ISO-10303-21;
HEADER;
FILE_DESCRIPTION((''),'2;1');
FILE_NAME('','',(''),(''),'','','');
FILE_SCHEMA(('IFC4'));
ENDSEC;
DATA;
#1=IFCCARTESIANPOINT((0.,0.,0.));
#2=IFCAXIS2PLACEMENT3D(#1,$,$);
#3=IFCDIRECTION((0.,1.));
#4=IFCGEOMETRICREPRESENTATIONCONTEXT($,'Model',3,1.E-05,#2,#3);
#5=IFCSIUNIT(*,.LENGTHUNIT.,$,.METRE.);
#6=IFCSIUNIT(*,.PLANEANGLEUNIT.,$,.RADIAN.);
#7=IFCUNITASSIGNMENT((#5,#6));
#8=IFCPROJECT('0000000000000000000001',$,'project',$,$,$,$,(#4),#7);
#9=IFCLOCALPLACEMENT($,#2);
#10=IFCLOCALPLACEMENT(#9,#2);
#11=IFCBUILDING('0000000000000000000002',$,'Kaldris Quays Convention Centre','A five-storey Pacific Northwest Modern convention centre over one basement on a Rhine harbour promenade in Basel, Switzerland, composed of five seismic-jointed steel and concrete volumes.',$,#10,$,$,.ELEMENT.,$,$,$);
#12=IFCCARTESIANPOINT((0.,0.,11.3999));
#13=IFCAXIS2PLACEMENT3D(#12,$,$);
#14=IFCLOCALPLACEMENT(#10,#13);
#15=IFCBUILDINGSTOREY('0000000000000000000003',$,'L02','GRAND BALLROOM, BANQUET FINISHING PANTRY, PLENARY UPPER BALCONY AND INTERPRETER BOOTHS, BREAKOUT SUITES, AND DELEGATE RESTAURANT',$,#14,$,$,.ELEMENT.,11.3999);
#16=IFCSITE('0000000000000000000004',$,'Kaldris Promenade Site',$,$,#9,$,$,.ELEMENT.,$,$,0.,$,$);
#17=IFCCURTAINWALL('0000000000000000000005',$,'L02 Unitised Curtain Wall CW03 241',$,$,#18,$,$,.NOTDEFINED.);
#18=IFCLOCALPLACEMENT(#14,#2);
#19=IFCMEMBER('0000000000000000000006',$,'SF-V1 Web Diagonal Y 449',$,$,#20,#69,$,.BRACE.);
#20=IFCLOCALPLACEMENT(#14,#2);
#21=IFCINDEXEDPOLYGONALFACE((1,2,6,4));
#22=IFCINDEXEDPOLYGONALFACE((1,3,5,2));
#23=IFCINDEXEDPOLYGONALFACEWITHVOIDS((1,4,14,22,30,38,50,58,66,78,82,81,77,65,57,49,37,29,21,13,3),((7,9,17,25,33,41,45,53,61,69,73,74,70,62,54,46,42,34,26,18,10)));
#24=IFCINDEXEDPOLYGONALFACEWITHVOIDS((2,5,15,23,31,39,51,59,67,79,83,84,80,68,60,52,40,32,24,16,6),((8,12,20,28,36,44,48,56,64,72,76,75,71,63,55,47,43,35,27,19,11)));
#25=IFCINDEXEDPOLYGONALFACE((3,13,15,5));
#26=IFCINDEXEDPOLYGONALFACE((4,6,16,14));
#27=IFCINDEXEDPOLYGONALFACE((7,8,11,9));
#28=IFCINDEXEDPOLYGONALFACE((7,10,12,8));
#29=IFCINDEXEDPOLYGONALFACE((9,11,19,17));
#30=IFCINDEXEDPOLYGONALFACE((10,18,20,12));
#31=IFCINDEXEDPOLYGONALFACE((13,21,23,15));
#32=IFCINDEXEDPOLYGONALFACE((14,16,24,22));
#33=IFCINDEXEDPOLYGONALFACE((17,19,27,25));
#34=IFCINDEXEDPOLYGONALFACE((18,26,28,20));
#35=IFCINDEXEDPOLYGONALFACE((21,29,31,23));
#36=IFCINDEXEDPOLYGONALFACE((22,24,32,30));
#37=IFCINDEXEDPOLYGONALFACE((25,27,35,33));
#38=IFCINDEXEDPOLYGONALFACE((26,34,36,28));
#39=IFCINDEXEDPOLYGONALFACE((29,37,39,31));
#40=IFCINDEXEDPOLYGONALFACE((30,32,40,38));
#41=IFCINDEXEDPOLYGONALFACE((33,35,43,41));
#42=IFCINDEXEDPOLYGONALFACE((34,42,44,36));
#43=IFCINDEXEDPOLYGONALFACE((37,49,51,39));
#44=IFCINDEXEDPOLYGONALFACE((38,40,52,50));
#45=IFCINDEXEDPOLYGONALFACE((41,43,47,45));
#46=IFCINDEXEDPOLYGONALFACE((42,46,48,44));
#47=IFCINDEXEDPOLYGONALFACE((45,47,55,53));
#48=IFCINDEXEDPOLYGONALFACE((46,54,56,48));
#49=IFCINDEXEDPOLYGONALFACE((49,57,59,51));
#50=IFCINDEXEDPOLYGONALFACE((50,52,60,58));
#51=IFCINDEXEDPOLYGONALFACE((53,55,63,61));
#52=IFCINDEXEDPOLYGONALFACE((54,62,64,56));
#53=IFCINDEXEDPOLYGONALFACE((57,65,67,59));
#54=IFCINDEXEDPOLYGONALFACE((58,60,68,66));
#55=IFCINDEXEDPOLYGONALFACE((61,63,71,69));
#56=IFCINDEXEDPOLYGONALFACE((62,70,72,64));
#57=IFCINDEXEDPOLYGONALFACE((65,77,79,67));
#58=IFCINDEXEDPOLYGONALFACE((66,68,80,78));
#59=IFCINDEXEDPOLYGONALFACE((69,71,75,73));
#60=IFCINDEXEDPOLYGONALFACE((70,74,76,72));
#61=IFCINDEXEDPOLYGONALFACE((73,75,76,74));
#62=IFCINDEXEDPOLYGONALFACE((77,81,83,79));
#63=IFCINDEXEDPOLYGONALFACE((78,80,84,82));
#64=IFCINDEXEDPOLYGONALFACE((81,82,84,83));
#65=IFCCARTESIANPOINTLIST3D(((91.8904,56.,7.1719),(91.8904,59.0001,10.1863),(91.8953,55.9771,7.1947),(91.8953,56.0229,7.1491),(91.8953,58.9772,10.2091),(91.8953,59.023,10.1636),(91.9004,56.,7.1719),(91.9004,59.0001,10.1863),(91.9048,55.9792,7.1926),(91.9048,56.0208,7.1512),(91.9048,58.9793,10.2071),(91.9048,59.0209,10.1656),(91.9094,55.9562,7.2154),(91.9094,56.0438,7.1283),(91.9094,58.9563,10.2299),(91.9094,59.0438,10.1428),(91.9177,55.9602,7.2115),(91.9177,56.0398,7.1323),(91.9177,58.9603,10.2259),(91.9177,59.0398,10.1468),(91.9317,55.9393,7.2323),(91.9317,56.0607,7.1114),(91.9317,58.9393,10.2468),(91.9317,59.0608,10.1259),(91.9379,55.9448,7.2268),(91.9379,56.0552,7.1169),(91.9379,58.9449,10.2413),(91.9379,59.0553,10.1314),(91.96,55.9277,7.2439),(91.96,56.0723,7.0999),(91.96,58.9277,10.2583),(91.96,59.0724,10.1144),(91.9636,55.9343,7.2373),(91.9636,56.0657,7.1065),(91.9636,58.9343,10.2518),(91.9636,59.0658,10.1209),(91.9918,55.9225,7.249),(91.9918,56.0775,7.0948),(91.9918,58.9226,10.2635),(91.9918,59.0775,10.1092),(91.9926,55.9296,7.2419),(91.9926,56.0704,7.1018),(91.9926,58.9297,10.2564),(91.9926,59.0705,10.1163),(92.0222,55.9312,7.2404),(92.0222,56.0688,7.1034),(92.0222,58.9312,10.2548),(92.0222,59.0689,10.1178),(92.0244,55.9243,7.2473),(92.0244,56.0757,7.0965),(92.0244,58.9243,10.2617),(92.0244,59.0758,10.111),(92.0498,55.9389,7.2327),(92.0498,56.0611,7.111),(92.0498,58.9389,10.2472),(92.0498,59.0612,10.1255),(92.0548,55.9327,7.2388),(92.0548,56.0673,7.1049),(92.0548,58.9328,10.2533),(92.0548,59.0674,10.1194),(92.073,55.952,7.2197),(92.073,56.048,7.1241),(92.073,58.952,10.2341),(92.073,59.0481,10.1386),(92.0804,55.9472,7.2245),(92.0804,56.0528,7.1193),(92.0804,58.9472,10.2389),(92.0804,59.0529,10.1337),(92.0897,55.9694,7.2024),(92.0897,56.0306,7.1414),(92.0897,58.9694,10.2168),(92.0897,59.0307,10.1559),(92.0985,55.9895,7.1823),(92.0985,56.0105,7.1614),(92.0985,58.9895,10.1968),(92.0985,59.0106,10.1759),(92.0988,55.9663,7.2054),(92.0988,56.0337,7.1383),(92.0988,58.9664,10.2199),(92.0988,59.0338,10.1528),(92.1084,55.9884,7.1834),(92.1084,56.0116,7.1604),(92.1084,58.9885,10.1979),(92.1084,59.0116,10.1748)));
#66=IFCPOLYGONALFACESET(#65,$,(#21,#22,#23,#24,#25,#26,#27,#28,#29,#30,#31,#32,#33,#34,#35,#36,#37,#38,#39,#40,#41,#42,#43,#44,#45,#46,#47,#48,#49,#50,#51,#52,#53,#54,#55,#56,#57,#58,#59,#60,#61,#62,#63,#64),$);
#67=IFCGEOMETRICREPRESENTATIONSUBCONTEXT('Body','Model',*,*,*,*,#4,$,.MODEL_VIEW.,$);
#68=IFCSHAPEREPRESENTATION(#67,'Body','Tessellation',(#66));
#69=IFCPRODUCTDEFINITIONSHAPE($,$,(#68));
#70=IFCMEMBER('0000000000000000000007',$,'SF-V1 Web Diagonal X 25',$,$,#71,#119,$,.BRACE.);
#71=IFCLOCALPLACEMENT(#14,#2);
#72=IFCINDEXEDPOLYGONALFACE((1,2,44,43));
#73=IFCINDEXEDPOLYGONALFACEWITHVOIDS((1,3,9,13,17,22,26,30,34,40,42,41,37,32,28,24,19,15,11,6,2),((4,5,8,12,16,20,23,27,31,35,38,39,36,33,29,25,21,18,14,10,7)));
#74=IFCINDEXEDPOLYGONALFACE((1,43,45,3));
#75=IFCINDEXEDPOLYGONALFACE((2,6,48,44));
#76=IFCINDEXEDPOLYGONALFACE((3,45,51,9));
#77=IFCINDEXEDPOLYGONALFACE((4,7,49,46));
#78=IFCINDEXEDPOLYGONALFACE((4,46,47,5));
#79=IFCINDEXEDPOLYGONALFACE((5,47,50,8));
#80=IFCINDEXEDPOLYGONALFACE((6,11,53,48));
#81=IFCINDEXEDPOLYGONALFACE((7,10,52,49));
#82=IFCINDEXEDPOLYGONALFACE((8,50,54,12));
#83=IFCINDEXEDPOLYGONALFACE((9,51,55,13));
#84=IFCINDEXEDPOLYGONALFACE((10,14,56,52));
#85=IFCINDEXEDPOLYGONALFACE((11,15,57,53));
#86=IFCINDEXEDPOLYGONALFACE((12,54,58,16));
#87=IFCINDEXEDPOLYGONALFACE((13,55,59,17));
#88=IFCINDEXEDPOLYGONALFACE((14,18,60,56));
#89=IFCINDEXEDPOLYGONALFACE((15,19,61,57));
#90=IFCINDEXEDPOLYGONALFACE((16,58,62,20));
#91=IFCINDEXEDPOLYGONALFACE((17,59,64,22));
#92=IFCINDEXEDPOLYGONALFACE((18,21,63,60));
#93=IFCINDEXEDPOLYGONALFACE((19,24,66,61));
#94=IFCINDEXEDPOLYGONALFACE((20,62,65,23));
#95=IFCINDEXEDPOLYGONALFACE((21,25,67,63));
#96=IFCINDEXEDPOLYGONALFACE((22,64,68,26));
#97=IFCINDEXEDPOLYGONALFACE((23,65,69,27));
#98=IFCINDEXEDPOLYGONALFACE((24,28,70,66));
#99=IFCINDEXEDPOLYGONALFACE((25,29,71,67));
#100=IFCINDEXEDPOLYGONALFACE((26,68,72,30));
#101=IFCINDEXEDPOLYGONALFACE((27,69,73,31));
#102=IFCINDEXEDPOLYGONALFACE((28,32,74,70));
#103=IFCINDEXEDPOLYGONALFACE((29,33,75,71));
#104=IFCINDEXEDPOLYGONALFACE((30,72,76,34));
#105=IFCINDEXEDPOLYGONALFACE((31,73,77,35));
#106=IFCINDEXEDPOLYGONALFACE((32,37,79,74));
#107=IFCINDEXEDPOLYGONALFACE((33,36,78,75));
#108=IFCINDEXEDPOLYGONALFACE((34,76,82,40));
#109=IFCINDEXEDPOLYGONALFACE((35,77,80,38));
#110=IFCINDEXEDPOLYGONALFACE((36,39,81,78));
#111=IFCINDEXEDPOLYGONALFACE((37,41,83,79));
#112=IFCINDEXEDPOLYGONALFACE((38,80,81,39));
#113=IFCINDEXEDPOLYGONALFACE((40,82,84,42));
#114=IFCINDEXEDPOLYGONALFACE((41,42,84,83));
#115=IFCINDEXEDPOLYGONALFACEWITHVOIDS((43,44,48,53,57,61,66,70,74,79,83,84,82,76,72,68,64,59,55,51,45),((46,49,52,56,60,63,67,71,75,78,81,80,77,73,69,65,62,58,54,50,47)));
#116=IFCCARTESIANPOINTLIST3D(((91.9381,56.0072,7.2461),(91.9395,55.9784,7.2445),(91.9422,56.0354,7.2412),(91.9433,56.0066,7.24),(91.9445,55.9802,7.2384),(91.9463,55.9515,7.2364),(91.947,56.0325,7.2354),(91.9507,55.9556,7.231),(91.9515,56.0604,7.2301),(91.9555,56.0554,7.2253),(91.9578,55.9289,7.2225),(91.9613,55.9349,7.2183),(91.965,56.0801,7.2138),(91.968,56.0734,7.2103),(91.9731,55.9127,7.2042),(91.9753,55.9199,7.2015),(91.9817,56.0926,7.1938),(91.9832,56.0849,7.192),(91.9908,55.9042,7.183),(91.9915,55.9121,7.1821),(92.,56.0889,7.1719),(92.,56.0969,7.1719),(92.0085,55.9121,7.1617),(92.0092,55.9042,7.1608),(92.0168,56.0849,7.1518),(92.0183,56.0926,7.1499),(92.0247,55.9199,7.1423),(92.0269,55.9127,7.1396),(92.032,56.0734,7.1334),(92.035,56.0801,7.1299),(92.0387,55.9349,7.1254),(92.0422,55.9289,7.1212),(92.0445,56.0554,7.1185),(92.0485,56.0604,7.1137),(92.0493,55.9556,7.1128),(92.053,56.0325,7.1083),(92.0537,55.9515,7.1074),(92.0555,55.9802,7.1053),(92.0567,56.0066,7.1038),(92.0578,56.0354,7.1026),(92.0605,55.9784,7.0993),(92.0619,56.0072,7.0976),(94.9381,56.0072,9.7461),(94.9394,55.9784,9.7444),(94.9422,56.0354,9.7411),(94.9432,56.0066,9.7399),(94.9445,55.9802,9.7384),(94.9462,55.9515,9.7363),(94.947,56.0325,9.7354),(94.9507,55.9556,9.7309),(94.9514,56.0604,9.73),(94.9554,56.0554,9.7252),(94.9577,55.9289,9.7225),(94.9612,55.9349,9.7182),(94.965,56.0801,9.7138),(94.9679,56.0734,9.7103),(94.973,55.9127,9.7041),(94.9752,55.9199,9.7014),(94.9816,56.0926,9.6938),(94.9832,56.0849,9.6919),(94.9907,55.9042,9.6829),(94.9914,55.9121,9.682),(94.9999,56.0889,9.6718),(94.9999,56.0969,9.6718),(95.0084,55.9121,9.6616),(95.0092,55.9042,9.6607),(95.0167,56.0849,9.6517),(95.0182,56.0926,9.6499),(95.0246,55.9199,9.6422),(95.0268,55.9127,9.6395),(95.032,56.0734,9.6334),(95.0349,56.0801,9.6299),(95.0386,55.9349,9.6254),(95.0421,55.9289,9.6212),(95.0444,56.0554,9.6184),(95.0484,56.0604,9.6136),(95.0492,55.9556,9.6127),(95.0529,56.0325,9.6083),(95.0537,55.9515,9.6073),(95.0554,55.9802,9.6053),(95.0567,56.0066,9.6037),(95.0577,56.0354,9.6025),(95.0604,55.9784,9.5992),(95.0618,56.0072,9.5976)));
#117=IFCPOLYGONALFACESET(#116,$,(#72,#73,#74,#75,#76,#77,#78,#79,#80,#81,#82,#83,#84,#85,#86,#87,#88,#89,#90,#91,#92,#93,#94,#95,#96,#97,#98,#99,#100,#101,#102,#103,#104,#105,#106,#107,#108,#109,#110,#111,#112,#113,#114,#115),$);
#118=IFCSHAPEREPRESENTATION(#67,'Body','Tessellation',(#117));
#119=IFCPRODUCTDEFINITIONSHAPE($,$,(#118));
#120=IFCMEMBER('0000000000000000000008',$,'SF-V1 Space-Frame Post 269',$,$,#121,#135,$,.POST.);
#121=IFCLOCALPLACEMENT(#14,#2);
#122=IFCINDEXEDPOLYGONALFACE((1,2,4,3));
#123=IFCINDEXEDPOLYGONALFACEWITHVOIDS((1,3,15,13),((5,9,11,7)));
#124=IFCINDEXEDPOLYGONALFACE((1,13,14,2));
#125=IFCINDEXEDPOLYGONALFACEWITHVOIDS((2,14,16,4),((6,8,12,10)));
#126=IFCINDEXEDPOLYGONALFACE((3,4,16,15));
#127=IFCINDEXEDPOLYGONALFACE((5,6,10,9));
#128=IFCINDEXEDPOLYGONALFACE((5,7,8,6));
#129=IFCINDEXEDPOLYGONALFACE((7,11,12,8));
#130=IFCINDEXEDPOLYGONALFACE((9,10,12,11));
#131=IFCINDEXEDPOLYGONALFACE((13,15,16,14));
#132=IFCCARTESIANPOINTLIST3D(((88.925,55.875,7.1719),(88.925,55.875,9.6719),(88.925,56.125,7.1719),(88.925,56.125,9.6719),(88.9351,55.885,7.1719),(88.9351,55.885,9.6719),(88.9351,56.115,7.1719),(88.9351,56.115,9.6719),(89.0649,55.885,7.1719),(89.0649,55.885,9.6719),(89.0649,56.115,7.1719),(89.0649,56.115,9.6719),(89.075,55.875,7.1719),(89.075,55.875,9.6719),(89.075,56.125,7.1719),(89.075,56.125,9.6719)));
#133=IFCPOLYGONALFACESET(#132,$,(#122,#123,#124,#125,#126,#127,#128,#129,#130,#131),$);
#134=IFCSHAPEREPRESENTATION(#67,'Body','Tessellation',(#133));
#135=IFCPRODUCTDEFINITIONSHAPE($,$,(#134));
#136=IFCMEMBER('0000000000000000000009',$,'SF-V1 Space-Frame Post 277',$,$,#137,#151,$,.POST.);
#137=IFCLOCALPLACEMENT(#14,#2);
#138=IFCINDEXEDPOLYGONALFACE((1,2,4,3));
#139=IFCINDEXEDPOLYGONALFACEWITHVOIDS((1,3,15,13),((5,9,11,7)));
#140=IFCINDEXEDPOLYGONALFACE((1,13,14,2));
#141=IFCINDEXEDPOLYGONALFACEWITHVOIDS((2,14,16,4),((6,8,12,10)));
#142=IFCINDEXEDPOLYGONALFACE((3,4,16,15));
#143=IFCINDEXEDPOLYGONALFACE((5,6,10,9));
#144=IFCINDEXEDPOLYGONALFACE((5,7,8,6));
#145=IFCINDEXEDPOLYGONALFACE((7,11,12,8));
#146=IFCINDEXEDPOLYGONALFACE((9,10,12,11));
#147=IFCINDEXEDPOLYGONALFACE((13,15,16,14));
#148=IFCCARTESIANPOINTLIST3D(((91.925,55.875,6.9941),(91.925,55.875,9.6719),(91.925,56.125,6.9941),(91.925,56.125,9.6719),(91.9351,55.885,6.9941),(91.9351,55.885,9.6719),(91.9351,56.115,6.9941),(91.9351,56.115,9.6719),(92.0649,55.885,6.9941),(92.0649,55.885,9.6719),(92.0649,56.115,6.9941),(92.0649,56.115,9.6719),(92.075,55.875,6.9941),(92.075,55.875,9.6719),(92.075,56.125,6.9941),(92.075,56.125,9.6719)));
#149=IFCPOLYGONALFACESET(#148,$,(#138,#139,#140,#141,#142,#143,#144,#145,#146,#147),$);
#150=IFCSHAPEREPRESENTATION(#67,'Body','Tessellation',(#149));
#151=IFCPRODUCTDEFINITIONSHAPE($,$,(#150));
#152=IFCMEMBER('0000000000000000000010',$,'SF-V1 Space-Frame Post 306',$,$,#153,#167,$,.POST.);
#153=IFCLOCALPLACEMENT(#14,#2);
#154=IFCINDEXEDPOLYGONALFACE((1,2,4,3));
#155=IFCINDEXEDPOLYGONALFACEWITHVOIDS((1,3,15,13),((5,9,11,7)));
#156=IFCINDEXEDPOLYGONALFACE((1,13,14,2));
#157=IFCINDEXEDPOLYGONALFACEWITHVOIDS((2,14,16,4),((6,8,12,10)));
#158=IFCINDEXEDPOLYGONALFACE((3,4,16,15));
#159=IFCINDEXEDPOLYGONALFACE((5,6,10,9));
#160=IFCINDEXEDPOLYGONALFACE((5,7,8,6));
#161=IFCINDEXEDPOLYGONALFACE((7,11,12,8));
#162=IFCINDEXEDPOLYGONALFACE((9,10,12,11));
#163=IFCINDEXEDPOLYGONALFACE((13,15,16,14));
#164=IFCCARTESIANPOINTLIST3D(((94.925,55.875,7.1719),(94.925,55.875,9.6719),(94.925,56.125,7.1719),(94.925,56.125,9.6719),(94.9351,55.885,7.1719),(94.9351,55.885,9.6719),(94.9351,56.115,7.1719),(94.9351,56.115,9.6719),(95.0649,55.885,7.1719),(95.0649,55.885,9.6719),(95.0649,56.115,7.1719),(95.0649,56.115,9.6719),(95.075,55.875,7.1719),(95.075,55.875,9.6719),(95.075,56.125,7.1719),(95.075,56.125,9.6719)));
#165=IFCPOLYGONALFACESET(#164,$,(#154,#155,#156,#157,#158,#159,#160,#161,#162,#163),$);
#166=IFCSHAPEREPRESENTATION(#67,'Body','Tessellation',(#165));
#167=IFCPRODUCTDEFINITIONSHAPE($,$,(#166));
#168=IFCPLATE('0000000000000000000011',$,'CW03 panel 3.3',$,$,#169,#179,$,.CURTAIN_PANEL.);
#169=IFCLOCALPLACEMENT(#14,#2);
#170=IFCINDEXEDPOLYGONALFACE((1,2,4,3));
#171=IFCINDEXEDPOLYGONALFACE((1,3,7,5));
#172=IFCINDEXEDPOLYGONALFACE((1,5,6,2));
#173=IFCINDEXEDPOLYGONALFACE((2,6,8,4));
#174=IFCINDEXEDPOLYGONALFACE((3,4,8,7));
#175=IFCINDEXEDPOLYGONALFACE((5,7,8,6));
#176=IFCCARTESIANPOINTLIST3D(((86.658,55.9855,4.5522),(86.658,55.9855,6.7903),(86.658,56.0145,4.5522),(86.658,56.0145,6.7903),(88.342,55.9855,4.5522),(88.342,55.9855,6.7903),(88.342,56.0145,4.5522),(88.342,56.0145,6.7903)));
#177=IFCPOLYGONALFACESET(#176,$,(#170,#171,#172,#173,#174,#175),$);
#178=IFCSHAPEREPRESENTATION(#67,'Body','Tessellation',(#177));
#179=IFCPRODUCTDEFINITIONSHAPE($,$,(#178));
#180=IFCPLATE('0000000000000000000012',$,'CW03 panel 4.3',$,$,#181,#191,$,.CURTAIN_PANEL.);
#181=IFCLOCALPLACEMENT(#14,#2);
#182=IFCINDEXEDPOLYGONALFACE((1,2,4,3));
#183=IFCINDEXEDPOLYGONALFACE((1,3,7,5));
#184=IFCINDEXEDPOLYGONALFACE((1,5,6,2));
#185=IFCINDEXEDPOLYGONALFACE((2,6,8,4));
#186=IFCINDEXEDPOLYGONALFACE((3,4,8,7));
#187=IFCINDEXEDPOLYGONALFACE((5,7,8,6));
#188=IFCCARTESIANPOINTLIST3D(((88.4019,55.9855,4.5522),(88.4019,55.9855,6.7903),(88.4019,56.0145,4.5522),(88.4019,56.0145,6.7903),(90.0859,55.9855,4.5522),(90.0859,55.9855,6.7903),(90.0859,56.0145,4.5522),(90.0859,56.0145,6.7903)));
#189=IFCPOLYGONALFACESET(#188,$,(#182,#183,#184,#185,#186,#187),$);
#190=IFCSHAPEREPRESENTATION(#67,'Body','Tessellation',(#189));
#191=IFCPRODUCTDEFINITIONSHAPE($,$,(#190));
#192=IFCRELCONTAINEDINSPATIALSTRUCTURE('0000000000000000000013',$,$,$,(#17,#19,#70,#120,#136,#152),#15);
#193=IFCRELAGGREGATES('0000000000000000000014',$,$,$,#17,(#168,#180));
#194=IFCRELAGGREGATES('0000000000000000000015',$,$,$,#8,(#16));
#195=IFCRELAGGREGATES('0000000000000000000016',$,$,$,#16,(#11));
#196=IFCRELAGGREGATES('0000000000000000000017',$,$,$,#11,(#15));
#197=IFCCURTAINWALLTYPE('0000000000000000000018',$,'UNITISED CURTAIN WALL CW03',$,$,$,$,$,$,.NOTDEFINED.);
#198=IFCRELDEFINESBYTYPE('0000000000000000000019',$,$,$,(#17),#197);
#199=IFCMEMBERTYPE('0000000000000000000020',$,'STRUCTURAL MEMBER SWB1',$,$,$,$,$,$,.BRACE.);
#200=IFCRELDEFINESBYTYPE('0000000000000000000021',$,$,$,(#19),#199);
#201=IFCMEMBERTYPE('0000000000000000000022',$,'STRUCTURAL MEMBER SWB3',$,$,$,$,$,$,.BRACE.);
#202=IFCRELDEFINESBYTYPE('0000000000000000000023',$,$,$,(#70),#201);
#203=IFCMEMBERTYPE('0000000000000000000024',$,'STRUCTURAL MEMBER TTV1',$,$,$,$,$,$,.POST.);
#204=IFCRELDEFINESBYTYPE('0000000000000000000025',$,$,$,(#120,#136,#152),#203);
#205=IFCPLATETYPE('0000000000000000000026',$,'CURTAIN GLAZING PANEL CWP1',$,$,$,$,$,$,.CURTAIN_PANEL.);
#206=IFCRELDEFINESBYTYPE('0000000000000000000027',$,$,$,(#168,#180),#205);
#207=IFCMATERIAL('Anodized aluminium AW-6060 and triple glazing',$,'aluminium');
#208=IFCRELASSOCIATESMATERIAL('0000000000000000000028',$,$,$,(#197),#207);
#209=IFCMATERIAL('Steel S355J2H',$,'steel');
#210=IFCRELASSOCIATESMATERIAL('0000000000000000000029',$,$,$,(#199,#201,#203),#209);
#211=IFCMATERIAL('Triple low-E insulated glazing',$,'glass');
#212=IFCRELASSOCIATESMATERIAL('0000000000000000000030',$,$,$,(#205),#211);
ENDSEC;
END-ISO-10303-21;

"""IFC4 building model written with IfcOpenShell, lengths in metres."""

from ifc_helpers import new_model, si_unit, direction, frame, origin, origin_2d, place, context, subcontext, project, spatial, rectangle, hollow_rectangle, hollow_circle, extrude, material, material_profile, profile_set, type_object, element, aggregate, save


model = new_model("IFC4")

# Units and contexts
model_context = context("Model", 3, precision=1e-05, world=origin(), true_north=direction((0.0, 1.0)))
body_context = subcontext(model_context, "Body", "Model", "MODEL_VIEW")
ifc_project = project(units=[si_unit("LENGTHUNIT", "METRE"), si_unit("PLANEANGLEUNIT", "RADIAN")], contexts=[model_context])

# Site, building, storey
site_placement = place(None, origin())
site = spatial("IfcSite", under=ifc_project, at=site_placement, Name="Kaldris Promenade Site", CompositionType="ELEMENT", RefElevation=0.0)
building_placement = place(site_placement, origin())
building = spatial("IfcBuilding", under=site, at=building_placement, Name="Kaldris Quays Convention Centre", Description="A five-storey Pacific Northwest Modern convention centre over one basement on a Rhine harbour promenade in Basel, Switzerland, composed of five seismic-jointed steel and concrete volumes.", CompositionType="ELEMENT")
storey_placement = place(building_placement, frame((0.0, 0.0, 11.3999)))
storey = spatial("IfcBuildingStorey", under=building, at=storey_placement, Name="L02", Description="GRAND BALLROOM, BANQUET FINISHING PANTRY, PLENARY UPPER BALCONY AND INTERPRETER BOOTHS, BREAKOUT SUITES, AND DELEGATE RESTAURANT", CompositionType="ELEMENT", Elevation=11.3999)

# Curtain wall
ifc_material_1 = material(Name="Anodized aluminium AW-6060 and triple glazing", Category="aluminium")
curtain_wall_type = type_object("IfcCurtainWallType", Name="UNITISED CURTAIN WALL CW03", PredefinedType="NOTDEFINED", material=ifc_material_1)
curtain_wall_1_placement = place(storey_placement, origin())
curtain_wall_1 = element("IfcCurtainWall", 1, at=curtain_wall_1_placement, inside=storey, type_object=curtain_wall_type, Name="L02 Unitised Curtain Wall CW03 241", PredefinedType="NOTDEFINED")

# Members
ifc_material_2 = material(Name="Steel S355J2H", Category="steel")
ifc_material_profile_1 = material_profile(ifc_material_2, hollow_circle(Radius=0.1096, WallThickness=0.01, at=origin_2d()), Name="CHS 219.1x10")
ifc_profile_set_1 = profile_set([ifc_material_profile_1], Name="Steel S355J2H")
member_type_1 = type_object("IfcMemberType", Name="STRUCTURAL MEMBER SWB1", PredefinedType="BRACE", material=ifc_profile_set_1)
member_1_placement = place(storey_placement, frame((92.0, 56.0, 7.1719), z_axis=(0.0, 0.705411, 0.708798), x_axis=(-1.0, 0.0, 0.0)))
element("IfcMember", 2, at=member_1_placement, inside=storey, type_object=member_type_1, Name="SF-V1 Web Diagonal Y 449", PredefinedType="BRACE", context=body_context, shape_type="SweptSolid", body=[
    extrude(hollow_circle(Radius=0.1096, WallThickness=0.01, at=origin_2d()), origin(), (0.0, 0.0, 1.0), 4.2529),
])
ifc_material_profile_2 = material_profile(ifc_material_2, hollow_circle(Radius=0.0969, WallThickness=0.0081, at=origin_2d()), Name="CHS 193.7x8")
ifc_profile_set_2 = profile_set([ifc_material_profile_2], Name="Steel S355J2H")
member_type_2 = type_object("IfcMemberType", Name="STRUCTURAL MEMBER SWB3", PredefinedType="BRACE", material=ifc_profile_set_2)
member_2_placement = place(storey_placement, frame((92.0, 56.0, 7.1719), z_axis=(0.768221, 0.0, 0.640184), x_axis=(0.0, 1.0, 0.0)))
element("IfcMember", 3, at=member_2_placement, inside=storey, type_object=member_type_2, Name="SF-V1 Web Diagonal X 25", PredefinedType="BRACE", context=body_context, shape_type="SweptSolid", body=[
    extrude(hollow_circle(Radius=0.0969, WallThickness=0.0081, at=origin_2d()), origin(), (0.0, 0.0, 1.0), 3.905),
])
ifc_material_profile_3 = material_profile(ifc_material_2, hollow_rectangle(XDim=0.1499, YDim=0.25, WallThickness=0.01, at=origin_2d()), Name="RHS 250x150x10")
ifc_profile_set_3 = profile_set([ifc_material_profile_3], Name="Steel S355J2H")
member_type_3 = type_object("IfcMemberType", Name="STRUCTURAL MEMBER TTV1", PredefinedType="POST", material=ifc_profile_set_3)
member_3_placement = place(storey_placement, frame((89.0, 56.0, 7.1719), z_axis=(0.0, 0.0, 1.0), x_axis=(1.0, 0.0, 0.0)))
element("IfcMember", 4, at=member_3_placement, inside=storey, type_object=member_type_3, Name="SF-V1 Space-Frame Post 269", PredefinedType="POST", context=body_context, shape_type="SweptSolid", body=[
    extrude(hollow_rectangle(XDim=0.1499, YDim=0.25, WallThickness=0.01, at=origin_2d()), origin(), (0.0, 0.0, 1.0), 2.5),
])
member_4_placement = place(storey_placement, frame((92.0, 56.0, 6.9941), z_axis=(0.0, 0.0, 1.0), x_axis=(1.0, 0.0, 0.0)))
element("IfcMember", 5, at=member_4_placement, inside=storey, type_object=member_type_3, Name="SF-V1 Space-Frame Post 277", PredefinedType="POST", context=body_context, shape_type="SweptSolid", body=[
    extrude(hollow_rectangle(XDim=0.1499, YDim=0.25, WallThickness=0.01, at=origin_2d()), origin(), (0.0, 0.0, 1.0), 2.6777),
])
member_5_placement = place(storey_placement, frame((95.0, 56.0, 7.1719), z_axis=(0.0, 0.0, 1.0), x_axis=(1.0, 0.0, 0.0)))
element("IfcMember", 6, at=member_5_placement, inside=storey, type_object=member_type_3, Name="SF-V1 Space-Frame Post 306", PredefinedType="POST", context=body_context, shape_type="SweptSolid", body=[
    extrude(hollow_rectangle(XDim=0.1499, YDim=0.25, WallThickness=0.01, at=origin_2d()), origin(), (0.0, 0.0, 1.0), 2.5),
])

# Plates
ifc_material_3 = material(Name="Triple low-E insulated glazing", Category="glass")
plate_type_1 = type_object("IfcPlateType", Name="CURTAIN GLAZING PANEL CWP1", PredefinedType="CURTAIN_PANEL", material=ifc_material_3)
plate_1_placement = place(storey_placement, frame((87.5, 56.0, 4.5522), z_axis=(0.0, 0.0, 1.0), x_axis=(1.0, 0.0, 0.0)))
plate_1 = element("IfcPlate", 7, at=plate_1_placement, type_object=plate_type_1, Name="CW03 panel 3.3", PredefinedType="CURTAIN_PANEL", context=body_context, shape_type="SweptSolid", body=[
    extrude(rectangle(XDim=1.6841, YDim=0.0291, at=origin_2d()), origin(), (0.0, 0.0, 1.0), 2.238),
])
plate_2_placement = place(storey_placement, frame((89.2439, 56.0, 4.5522), z_axis=(0.0, 0.0, 1.0), x_axis=(1.0, 0.0, 0.0)))
plate_2 = element("IfcPlate", 8, at=plate_2_placement, type_object=plate_type_1, Name="CW03 panel 4.3", PredefinedType="CURTAIN_PANEL", context=body_context, shape_type="SweptSolid", body=[
    extrude(rectangle(XDim=1.6841, YDim=0.0291, at=origin_2d()), origin(), (0.0, 0.0, 1.0), 2.238),
])
aggregate(curtain_wall_1, [plate_1, plate_2])

save(model, "model.ifc")
